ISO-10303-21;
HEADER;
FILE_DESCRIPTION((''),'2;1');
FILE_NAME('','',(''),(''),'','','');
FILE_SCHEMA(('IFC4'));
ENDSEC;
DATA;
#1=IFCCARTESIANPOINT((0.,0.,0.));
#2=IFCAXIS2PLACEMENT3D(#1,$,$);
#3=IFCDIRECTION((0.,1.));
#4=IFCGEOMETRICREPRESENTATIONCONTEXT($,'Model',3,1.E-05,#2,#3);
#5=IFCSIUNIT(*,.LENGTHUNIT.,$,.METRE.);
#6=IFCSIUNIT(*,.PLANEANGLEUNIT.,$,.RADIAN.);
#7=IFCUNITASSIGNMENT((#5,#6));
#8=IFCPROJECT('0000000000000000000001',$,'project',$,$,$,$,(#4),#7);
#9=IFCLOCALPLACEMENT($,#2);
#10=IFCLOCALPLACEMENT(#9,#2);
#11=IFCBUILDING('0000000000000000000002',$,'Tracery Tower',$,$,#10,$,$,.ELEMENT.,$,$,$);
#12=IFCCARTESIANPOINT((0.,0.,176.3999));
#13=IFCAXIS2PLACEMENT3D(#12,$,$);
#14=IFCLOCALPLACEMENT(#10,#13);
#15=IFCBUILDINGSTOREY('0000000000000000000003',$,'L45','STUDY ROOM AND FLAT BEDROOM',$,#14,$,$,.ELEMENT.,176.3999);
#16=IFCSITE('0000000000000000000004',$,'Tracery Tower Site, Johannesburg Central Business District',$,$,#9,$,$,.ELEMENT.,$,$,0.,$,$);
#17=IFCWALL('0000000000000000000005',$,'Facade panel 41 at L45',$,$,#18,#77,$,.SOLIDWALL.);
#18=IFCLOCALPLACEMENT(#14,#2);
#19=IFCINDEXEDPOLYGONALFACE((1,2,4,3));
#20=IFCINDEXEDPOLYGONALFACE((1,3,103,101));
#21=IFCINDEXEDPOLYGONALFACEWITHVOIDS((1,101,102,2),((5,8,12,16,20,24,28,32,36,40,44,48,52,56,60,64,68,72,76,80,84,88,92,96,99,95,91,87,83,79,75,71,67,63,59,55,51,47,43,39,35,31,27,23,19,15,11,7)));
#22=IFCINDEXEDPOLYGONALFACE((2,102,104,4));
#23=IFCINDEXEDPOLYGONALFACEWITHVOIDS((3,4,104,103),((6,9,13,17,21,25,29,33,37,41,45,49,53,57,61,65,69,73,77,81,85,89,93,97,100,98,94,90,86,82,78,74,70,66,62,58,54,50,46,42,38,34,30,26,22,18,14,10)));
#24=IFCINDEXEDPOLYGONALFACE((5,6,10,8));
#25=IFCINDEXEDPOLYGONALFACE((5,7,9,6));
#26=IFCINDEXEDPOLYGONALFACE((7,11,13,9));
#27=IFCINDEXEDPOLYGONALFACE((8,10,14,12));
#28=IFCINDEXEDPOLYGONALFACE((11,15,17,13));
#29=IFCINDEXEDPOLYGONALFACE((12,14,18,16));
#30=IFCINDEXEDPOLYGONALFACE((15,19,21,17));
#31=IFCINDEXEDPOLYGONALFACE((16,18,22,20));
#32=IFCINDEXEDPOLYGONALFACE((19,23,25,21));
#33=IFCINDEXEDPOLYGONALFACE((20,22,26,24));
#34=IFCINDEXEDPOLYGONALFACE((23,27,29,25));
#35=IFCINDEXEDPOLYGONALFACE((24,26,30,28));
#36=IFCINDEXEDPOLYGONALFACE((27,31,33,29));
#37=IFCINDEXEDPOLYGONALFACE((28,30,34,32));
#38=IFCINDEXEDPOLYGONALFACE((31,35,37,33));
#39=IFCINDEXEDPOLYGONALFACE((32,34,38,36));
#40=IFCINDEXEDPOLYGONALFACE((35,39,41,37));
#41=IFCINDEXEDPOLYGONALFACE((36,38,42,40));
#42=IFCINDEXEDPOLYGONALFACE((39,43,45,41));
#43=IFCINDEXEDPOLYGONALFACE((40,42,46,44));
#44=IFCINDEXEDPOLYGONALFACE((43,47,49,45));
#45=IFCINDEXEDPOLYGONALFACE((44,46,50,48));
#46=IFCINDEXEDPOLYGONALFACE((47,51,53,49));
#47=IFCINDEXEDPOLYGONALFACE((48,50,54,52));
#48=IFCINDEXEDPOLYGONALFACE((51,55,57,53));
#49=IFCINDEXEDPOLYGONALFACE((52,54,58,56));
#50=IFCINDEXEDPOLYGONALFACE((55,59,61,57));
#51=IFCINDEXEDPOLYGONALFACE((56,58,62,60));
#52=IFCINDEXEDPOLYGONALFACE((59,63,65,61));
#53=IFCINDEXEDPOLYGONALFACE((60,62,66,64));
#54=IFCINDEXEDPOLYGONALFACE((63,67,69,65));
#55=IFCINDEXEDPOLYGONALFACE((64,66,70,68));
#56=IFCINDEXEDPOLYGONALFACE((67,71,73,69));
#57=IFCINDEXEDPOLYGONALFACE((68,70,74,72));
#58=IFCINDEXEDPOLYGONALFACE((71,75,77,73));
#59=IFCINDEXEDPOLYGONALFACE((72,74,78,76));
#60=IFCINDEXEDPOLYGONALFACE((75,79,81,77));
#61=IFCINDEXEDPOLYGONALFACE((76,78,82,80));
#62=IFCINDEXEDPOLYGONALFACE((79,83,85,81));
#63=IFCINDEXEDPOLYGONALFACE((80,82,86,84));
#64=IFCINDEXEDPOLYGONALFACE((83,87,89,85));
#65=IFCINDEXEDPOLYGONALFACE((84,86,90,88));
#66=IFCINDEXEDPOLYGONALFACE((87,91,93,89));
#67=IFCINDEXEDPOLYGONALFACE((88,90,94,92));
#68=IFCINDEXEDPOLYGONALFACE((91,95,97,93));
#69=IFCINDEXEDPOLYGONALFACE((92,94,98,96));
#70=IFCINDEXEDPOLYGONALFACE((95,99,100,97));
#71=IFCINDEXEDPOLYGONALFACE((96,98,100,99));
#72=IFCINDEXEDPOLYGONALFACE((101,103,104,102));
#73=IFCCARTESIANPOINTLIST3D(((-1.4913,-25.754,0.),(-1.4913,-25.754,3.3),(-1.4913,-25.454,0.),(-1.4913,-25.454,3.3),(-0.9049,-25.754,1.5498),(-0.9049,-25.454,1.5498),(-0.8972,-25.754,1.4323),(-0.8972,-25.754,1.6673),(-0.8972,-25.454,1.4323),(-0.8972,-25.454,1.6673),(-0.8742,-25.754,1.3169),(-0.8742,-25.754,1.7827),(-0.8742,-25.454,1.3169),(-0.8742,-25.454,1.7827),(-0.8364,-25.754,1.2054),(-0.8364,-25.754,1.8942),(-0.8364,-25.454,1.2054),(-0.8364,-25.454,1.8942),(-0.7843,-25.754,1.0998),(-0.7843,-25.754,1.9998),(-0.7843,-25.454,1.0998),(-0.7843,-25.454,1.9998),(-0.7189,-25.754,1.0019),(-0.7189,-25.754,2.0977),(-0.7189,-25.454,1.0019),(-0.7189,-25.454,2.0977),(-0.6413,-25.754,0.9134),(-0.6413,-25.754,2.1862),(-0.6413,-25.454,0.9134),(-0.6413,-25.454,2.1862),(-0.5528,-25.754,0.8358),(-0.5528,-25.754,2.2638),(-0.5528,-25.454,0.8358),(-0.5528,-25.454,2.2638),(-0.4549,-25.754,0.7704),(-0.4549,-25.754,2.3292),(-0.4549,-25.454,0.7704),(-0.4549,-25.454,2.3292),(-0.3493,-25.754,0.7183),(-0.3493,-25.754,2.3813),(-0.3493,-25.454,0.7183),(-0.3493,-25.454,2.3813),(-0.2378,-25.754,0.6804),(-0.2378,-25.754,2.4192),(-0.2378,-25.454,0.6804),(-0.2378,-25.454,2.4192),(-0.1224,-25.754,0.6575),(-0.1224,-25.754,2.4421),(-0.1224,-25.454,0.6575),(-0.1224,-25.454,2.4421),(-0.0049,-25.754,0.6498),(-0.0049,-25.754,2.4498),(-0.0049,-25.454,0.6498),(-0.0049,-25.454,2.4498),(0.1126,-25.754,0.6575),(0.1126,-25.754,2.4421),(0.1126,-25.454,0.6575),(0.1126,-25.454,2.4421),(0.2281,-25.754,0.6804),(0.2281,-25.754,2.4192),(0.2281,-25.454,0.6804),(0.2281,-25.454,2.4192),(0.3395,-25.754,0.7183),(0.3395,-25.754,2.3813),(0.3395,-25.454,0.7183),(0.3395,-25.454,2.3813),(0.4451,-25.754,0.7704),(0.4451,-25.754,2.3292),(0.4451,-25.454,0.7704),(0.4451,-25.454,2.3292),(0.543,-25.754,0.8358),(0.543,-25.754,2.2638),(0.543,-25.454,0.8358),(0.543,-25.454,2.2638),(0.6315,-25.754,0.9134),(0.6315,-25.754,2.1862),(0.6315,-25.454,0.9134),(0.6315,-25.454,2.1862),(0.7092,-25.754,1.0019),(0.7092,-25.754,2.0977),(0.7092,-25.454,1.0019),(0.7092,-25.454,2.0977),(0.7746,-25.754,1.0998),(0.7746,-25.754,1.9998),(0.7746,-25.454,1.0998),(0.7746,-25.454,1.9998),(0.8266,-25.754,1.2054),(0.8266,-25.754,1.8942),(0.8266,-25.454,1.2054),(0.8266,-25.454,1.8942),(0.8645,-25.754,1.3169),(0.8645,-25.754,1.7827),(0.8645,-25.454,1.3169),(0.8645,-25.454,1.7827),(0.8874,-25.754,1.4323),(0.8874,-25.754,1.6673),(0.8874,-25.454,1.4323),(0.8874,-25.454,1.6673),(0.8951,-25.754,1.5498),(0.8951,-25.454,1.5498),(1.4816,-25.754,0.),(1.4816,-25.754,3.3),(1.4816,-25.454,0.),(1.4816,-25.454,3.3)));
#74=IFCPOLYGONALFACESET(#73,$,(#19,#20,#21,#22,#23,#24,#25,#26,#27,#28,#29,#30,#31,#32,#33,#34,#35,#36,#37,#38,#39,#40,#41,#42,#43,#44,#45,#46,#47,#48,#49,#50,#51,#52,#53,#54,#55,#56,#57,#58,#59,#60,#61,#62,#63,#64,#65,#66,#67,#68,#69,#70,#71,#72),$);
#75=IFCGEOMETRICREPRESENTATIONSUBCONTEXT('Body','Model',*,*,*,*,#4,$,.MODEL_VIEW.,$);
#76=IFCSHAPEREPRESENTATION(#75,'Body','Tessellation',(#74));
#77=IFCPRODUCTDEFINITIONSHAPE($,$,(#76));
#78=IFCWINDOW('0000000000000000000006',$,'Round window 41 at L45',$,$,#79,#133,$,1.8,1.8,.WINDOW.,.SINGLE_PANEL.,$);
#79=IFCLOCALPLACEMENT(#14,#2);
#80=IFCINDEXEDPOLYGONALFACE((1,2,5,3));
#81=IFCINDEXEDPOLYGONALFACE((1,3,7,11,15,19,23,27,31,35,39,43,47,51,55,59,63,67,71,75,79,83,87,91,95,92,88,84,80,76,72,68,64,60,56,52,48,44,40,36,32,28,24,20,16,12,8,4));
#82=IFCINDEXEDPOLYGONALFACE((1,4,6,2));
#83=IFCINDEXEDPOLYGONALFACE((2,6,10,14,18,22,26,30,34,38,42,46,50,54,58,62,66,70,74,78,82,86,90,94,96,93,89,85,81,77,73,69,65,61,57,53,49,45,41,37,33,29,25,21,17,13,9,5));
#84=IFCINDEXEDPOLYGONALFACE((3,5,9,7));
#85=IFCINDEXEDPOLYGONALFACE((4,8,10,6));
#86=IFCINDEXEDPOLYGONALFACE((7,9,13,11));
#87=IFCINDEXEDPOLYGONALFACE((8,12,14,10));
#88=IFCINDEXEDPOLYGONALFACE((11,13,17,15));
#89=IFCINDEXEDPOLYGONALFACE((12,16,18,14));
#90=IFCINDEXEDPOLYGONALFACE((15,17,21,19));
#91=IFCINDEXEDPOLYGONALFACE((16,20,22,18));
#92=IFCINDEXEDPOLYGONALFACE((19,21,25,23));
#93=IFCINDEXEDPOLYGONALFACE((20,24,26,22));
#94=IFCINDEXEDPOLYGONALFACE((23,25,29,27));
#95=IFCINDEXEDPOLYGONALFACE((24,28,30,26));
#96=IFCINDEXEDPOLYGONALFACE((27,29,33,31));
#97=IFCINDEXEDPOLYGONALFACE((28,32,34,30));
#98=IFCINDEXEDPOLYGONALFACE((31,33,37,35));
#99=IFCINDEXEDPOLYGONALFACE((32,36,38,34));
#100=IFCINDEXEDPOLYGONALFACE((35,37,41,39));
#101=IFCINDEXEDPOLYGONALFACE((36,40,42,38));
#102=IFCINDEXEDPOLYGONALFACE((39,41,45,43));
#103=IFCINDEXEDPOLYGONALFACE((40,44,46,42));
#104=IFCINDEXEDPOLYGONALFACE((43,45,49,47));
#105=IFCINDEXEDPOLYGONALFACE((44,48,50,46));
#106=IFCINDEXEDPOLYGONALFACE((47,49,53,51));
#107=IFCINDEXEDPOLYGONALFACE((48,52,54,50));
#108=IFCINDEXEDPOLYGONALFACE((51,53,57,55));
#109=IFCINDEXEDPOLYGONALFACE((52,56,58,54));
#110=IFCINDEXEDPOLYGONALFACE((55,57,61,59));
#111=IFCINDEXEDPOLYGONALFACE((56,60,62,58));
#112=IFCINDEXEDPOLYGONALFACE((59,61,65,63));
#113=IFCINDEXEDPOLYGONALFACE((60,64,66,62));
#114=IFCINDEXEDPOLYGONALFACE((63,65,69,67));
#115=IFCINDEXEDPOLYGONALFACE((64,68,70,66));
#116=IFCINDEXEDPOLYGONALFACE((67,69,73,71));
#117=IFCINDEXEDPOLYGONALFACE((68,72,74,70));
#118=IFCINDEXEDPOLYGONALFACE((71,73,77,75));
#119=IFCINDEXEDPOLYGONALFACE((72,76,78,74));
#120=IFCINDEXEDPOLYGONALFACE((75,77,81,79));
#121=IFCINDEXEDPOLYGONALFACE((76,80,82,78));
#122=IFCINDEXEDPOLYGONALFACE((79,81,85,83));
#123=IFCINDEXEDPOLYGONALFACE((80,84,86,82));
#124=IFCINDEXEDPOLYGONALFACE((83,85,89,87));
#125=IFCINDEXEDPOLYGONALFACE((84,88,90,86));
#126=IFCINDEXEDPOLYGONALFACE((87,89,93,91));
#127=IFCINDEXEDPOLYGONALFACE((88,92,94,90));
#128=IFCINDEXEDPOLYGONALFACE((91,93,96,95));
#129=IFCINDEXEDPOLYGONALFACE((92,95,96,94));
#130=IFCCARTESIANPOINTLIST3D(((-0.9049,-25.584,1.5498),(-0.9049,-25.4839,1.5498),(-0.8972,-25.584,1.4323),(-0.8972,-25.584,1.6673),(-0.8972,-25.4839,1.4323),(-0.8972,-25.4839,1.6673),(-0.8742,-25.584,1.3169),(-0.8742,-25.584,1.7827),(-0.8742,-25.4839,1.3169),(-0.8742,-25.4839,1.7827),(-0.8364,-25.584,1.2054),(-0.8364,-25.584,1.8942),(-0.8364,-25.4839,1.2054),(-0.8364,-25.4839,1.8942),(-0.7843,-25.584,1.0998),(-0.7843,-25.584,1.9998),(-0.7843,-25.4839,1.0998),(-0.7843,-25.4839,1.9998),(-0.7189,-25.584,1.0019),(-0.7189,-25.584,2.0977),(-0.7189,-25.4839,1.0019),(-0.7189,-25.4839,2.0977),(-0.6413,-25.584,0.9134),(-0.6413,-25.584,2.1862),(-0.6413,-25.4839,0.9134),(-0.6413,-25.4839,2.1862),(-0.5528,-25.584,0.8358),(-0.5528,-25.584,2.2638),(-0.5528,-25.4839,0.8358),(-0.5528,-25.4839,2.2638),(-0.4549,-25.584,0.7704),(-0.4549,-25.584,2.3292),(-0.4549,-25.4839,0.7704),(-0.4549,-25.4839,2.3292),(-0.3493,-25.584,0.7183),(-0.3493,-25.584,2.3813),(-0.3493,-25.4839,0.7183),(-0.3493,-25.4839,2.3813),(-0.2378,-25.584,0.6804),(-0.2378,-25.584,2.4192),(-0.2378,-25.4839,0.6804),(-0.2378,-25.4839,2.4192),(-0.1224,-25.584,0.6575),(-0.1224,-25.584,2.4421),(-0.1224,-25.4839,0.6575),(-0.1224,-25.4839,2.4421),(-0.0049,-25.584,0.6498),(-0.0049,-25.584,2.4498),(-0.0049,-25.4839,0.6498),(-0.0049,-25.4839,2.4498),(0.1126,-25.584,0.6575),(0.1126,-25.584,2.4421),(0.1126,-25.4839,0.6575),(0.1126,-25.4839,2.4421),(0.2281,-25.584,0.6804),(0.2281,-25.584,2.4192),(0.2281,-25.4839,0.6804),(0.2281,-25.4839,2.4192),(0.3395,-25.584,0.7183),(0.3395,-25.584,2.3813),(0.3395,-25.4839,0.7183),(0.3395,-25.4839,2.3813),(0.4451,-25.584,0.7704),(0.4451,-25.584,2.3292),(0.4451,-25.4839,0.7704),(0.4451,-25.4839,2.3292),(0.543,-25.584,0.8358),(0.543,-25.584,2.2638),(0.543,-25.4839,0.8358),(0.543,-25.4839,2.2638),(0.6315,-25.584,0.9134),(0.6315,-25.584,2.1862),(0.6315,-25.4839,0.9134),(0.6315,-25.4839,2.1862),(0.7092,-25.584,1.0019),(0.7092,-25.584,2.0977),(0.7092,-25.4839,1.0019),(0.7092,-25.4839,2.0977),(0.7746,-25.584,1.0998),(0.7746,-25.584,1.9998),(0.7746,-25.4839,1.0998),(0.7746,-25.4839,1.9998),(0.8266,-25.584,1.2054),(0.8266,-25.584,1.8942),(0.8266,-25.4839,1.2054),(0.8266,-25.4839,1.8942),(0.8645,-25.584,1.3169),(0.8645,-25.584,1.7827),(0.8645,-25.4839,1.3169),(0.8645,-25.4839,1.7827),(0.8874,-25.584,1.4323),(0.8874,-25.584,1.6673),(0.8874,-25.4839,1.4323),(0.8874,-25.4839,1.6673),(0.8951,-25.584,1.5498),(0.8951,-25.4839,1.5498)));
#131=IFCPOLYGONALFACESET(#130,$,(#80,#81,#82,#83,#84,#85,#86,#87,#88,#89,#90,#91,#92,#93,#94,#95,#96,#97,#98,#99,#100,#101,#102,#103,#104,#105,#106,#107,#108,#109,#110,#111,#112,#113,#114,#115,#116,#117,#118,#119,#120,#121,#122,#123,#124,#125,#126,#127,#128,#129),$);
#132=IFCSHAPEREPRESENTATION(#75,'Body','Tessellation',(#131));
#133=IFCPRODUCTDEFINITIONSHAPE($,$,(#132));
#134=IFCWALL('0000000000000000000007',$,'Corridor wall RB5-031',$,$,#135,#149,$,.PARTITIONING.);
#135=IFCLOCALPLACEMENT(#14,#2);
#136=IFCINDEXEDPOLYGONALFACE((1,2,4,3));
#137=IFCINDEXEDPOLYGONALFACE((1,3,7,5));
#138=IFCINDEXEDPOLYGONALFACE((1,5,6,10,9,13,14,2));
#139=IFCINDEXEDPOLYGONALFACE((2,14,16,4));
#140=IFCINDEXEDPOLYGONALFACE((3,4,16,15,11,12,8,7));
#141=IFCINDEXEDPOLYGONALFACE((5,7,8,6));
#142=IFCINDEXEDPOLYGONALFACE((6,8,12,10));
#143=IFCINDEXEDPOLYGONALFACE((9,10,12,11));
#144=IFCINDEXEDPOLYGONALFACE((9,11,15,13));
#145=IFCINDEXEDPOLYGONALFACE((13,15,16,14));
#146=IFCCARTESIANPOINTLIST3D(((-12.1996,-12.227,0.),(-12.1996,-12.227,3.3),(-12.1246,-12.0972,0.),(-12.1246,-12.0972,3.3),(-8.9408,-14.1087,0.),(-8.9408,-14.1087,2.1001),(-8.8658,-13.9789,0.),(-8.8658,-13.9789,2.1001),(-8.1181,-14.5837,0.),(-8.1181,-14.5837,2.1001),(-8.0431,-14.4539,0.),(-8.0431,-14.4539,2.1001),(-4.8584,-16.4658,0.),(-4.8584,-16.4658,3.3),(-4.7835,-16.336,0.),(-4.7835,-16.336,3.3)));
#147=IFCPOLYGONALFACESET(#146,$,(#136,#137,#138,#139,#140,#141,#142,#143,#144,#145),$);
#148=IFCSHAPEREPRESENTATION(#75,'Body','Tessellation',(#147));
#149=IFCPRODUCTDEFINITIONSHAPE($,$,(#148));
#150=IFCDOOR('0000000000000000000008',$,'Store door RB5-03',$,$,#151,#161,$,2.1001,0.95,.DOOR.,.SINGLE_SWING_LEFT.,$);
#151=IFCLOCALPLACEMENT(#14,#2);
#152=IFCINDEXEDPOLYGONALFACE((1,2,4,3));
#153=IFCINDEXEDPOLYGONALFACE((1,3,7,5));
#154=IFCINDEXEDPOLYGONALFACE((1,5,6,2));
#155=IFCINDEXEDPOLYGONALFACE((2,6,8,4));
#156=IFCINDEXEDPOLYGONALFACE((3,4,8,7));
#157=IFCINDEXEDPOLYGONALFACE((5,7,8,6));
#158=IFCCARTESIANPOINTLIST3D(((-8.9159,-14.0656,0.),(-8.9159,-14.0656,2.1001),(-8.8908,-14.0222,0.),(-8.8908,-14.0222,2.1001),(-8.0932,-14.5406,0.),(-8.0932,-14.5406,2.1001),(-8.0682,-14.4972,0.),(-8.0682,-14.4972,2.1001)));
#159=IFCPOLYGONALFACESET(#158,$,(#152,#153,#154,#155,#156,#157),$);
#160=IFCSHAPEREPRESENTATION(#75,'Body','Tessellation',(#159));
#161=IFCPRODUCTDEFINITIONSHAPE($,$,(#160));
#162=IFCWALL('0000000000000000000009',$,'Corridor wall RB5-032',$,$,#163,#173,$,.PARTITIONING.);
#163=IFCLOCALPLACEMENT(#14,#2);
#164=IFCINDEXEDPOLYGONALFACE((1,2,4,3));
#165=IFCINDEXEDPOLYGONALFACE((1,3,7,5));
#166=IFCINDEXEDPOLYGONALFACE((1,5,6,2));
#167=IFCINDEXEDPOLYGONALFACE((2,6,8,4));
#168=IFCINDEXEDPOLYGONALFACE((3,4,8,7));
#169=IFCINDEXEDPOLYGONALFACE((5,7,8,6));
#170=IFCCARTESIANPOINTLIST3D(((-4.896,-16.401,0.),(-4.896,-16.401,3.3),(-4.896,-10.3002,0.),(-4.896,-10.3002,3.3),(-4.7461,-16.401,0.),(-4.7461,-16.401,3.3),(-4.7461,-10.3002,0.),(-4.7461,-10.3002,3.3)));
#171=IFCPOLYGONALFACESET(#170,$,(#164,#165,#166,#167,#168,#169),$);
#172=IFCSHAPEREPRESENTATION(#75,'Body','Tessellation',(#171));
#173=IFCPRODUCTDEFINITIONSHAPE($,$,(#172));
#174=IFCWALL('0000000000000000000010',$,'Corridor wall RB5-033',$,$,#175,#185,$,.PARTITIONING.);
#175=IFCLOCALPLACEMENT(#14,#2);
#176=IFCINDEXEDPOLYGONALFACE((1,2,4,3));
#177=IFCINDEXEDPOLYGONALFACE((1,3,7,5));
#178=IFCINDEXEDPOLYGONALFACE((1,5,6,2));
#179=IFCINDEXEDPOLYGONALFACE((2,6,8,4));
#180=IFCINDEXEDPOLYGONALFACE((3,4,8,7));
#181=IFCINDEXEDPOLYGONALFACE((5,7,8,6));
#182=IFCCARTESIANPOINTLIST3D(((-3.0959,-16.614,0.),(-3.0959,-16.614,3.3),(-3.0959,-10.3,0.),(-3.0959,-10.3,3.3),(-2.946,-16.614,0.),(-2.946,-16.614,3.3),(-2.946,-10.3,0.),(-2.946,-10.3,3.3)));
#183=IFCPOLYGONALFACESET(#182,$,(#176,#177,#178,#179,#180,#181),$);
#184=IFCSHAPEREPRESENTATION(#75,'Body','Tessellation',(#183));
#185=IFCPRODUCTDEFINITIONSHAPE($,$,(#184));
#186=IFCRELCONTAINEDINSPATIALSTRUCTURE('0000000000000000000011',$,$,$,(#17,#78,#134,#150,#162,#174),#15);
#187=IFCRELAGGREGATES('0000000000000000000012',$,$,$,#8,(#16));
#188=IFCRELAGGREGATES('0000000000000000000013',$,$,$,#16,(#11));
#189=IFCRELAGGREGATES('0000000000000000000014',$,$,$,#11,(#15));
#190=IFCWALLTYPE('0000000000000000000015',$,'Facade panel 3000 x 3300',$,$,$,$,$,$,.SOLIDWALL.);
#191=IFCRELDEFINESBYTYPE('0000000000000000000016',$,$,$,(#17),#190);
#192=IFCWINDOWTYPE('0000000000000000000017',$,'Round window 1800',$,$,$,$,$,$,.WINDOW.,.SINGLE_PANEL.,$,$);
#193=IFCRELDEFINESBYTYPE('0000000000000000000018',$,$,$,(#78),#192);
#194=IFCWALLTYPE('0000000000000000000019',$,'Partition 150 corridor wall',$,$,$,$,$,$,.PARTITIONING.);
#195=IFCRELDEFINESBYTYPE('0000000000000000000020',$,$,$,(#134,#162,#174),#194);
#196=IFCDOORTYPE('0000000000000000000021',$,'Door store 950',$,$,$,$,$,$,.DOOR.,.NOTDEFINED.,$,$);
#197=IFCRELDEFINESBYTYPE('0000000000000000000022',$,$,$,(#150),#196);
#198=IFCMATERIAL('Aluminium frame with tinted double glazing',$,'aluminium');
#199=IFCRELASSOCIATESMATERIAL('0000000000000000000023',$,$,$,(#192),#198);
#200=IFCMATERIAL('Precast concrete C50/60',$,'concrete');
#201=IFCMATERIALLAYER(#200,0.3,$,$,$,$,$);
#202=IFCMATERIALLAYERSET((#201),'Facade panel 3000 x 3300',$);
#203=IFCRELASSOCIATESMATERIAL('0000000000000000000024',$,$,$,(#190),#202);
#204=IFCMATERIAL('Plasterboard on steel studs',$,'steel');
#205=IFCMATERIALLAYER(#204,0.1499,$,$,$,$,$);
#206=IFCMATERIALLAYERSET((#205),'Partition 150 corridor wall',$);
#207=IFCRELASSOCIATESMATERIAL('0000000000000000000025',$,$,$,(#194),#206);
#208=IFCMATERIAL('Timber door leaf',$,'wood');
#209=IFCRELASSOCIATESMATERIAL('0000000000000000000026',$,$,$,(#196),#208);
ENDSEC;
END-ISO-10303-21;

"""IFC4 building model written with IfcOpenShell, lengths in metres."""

from ifc_helpers import new_model, si_unit, direction, frame, frame_2d, origin, origin_2d, place, context, subcontext, project, spatial, rectangle, circle, extrude, material, layer, layer_set, type_object, element, fill, save


model = new_model("IFC4")

# Units and contexts
model_context = context("Model", 3, precision=1e-05, world=origin(), true_north=direction((0.0, 1.0)))
body_context = subcontext(model_context, "Body", "Model", "MODEL_VIEW")
ifc_project = project(units=[si_unit("LENGTHUNIT", "METRE"), si_unit("PLANEANGLEUNIT", "RADIAN")], contexts=[model_context])

# Site, building, storey
site_placement = place(None, origin())
site = spatial("IfcSite", under=ifc_project, at=site_placement, Name="Tracery Tower Site, Johannesburg Central Business District", CompositionType="ELEMENT", RefElevation=0.0)
building_placement = place(site_placement, origin())
building = spatial("IfcBuilding", under=site, at=building_placement, Name="Tracery Tower", CompositionType="ELEMENT")
storey_placement = place(building_placement, frame((0.0, 0.0, 176.3999)))
storey = spatial("IfcBuildingStorey", under=building, at=storey_placement, Name="L45", Description="STUDY ROOM AND FLAT BEDROOM", CompositionType="ELEMENT", Elevation=176.3999)

# Wall, opening, window
ifc_material_1 = material(Name="Aluminium frame with tinted double glazing", Category="aluminium")
window_type = type_object("IfcWindowType", Name="Round window 1800", PartitioningType="SINGLE_PANEL", PredefinedType="WINDOW", material=ifc_material_1)
ifc_material_2 = material(Name="Precast concrete C50/60", Category="concrete")
ifc_layer_1 = layer(ifc_material_2, 0.3)
ifc_layer_set_1 = layer_set([ifc_layer_1], Name="Facade panel 3000 x 3300")
wall_type_1 = type_object("IfcWallType", Name="Facade panel 3000 x 3300", PredefinedType="SOLIDWALL", material=ifc_layer_set_1)
wall_1_placement = place(storey_placement, frame((-1.4912, -25.604, 0.0), z_axis=(0.0, 0.0, 1.0), x_axis=(1.0, 0.0, 0.0)))
wall_1 = element("IfcWall", 1, at=wall_1_placement, inside=storey, type_object=wall_type_1, Name="Facade panel 41 at L45", PredefinedType="SOLIDWALL", context=body_context, shape_type="SweptSolid", body=[
    extrude(rectangle(XDim=2.9729, YDim=0.3, at=frame_2d((1.4863, 0.0))), origin(), (0.0, 0.0, 1.0), 3.3),
])
opening_1_placement = place(wall_1_placement, frame((1.4863, 0.0, 1.5498)))
opening_1 = element("IfcOpeningElement", 2, at=opening_1_placement, cuts=wall_1, PredefinedType="OPENING", context=body_context, shape_type="SweptSolid", body=[
    extrude(circle(Radius=0.9, at=origin_2d()), frame((0.0, 0.1599, 0.0), z_axis=(0.0, -1.0, 0.0), x_axis=(1.0, 0.0, 0.0)), (0.0, 0.0, 1.0), 0.3201),
])
window_1_placement = place(opening_1_placement, origin())
window_1 = element("IfcWindow", 3, at=window_1_placement, inside=storey, type_object=window_type, Name="Round window 41 at L45", OverallHeight=1.8, OverallWidth=1.8, PartitioningType="SINGLE_PANEL", PredefinedType="WINDOW", context=body_context, shape_type="SweptSolid", body=[
    extrude(circle(Radius=0.9, at=origin_2d()), frame((0.0, 0.1201, 0.0), z_axis=(0.0, -1.0, 0.0), x_axis=(1.0, 0.0, 0.0)), (0.0, 0.0, 1.0), 0.1001),
])
fill(opening_1, window_1)

# Wall, opening, door
ifc_material_3 = material(Name="Plasterboard on steel studs", Category="steel")
ifc_layer_2 = layer(ifc_material_3, 0.1499)
ifc_layer_set_2 = layer_set([ifc_layer_2], Name="Partition 150 corridor wall")
wall_type_2 = type_object("IfcWallType", Name="Partition 150 corridor wall", PredefinedType="PARTITIONING", material=ifc_layer_set_2)
wall_2_placement = place(storey_placement, frame((-12.1621, -12.1621, 0.0), z_axis=(0.0, 0.0, 1.0), x_axis=(0.866005, -0.500036, 0.0)))
wall_2 = element("IfcWall", 4, at=wall_2_placement, inside=storey, type_object=wall_type_2, Name="Corridor wall RB5-031", PredefinedType="PARTITIONING", context=body_context, shape_type="SweptSolid", body=[
    extrude(rectangle(XDim=8.4771, YDim=0.1499, at=frame_2d((4.2385, 0.0))), origin(), (0.0, 0.0, 1.0), 3.3),
])
opening_2_placement = place(wall_2_placement, frame((3.7629, 0.0, 0.0)))
opening_2 = element("IfcOpeningElement", 5, at=opening_2_placement, cuts=wall_2, PredefinedType="OPENING", context=body_context, shape_type="SweptSolid", body=[
    extrude(rectangle(XDim=0.95, YDim=2.1001, at=frame_2d((0.4751, 1.05))), frame((0.0, 0.075, 0.0), z_axis=(0.0, -1.0, 0.0), x_axis=(1.0, 0.0, 0.0)), (0.0, 0.0, 1.0), 0.1499),
])
ifc_material_4 = material(Name="Timber door leaf", Category="wood")
door_type_1 = type_object("IfcDoorType", Name="Door store 950", OperationType="NOTDEFINED", PredefinedType="DOOR", material=ifc_material_4)
door_1_placement = place(opening_2_placement, origin())
door_1 = element("IfcDoor", 6, at=door_1_placement, inside=storey, type_object=door_type_1, Name="Store door RB5-03", OperationType="SINGLE_SWING_LEFT", OverallHeight=2.1001, OverallWidth=0.95, PredefinedType="DOOR", context=body_context, shape_type="SweptSolid", body=[
    extrude(rectangle(XDim=0.95, YDim=2.1001, at=frame_2d((0.4751, 1.05))), frame((0.0, 0.0249, 0.0), z_axis=(0.0, -1.0, 0.0), x_axis=(1.0, 0.0, 0.0)), (0.0, 0.0, 1.0), 0.05),
])
fill(opening_2, door_1)

# Walls
wall_3_placement = place(storey_placement, frame((-4.821, -16.4009, 0.0), z_axis=(0.0, 0.0, 1.0), x_axis=(0.0, 1.0, 0.0)))
element("IfcWall", 7, at=wall_3_placement, inside=storey, type_object=wall_type_2, Name="Corridor wall RB5-032", PredefinedType="PARTITIONING", context=body_context, shape_type="SweptSolid", body=[
    extrude(rectangle(XDim=6.1008, YDim=0.1499, at=frame_2d((3.0503, 0.0))), origin(), (0.0, 0.0, 1.0), 3.3),
])
wall_4_placement = place(storey_placement, frame((-3.021, -16.614, 0.0), z_axis=(0.0, 0.0, 1.0), x_axis=(0.0, 1.0, 0.0)))
element("IfcWall", 8, at=wall_4_placement, inside=storey, type_object=wall_type_2, Name="Corridor wall RB5-033", PredefinedType="PARTITIONING", context=body_context, shape_type="SweptSolid", body=[
    extrude(rectangle(XDim=6.314, YDim=0.1499, at=frame_2d((3.157, 0.0))), origin(), (0.0, 0.0, 1.0), 3.3),
])

save(model, "model.ifc")
